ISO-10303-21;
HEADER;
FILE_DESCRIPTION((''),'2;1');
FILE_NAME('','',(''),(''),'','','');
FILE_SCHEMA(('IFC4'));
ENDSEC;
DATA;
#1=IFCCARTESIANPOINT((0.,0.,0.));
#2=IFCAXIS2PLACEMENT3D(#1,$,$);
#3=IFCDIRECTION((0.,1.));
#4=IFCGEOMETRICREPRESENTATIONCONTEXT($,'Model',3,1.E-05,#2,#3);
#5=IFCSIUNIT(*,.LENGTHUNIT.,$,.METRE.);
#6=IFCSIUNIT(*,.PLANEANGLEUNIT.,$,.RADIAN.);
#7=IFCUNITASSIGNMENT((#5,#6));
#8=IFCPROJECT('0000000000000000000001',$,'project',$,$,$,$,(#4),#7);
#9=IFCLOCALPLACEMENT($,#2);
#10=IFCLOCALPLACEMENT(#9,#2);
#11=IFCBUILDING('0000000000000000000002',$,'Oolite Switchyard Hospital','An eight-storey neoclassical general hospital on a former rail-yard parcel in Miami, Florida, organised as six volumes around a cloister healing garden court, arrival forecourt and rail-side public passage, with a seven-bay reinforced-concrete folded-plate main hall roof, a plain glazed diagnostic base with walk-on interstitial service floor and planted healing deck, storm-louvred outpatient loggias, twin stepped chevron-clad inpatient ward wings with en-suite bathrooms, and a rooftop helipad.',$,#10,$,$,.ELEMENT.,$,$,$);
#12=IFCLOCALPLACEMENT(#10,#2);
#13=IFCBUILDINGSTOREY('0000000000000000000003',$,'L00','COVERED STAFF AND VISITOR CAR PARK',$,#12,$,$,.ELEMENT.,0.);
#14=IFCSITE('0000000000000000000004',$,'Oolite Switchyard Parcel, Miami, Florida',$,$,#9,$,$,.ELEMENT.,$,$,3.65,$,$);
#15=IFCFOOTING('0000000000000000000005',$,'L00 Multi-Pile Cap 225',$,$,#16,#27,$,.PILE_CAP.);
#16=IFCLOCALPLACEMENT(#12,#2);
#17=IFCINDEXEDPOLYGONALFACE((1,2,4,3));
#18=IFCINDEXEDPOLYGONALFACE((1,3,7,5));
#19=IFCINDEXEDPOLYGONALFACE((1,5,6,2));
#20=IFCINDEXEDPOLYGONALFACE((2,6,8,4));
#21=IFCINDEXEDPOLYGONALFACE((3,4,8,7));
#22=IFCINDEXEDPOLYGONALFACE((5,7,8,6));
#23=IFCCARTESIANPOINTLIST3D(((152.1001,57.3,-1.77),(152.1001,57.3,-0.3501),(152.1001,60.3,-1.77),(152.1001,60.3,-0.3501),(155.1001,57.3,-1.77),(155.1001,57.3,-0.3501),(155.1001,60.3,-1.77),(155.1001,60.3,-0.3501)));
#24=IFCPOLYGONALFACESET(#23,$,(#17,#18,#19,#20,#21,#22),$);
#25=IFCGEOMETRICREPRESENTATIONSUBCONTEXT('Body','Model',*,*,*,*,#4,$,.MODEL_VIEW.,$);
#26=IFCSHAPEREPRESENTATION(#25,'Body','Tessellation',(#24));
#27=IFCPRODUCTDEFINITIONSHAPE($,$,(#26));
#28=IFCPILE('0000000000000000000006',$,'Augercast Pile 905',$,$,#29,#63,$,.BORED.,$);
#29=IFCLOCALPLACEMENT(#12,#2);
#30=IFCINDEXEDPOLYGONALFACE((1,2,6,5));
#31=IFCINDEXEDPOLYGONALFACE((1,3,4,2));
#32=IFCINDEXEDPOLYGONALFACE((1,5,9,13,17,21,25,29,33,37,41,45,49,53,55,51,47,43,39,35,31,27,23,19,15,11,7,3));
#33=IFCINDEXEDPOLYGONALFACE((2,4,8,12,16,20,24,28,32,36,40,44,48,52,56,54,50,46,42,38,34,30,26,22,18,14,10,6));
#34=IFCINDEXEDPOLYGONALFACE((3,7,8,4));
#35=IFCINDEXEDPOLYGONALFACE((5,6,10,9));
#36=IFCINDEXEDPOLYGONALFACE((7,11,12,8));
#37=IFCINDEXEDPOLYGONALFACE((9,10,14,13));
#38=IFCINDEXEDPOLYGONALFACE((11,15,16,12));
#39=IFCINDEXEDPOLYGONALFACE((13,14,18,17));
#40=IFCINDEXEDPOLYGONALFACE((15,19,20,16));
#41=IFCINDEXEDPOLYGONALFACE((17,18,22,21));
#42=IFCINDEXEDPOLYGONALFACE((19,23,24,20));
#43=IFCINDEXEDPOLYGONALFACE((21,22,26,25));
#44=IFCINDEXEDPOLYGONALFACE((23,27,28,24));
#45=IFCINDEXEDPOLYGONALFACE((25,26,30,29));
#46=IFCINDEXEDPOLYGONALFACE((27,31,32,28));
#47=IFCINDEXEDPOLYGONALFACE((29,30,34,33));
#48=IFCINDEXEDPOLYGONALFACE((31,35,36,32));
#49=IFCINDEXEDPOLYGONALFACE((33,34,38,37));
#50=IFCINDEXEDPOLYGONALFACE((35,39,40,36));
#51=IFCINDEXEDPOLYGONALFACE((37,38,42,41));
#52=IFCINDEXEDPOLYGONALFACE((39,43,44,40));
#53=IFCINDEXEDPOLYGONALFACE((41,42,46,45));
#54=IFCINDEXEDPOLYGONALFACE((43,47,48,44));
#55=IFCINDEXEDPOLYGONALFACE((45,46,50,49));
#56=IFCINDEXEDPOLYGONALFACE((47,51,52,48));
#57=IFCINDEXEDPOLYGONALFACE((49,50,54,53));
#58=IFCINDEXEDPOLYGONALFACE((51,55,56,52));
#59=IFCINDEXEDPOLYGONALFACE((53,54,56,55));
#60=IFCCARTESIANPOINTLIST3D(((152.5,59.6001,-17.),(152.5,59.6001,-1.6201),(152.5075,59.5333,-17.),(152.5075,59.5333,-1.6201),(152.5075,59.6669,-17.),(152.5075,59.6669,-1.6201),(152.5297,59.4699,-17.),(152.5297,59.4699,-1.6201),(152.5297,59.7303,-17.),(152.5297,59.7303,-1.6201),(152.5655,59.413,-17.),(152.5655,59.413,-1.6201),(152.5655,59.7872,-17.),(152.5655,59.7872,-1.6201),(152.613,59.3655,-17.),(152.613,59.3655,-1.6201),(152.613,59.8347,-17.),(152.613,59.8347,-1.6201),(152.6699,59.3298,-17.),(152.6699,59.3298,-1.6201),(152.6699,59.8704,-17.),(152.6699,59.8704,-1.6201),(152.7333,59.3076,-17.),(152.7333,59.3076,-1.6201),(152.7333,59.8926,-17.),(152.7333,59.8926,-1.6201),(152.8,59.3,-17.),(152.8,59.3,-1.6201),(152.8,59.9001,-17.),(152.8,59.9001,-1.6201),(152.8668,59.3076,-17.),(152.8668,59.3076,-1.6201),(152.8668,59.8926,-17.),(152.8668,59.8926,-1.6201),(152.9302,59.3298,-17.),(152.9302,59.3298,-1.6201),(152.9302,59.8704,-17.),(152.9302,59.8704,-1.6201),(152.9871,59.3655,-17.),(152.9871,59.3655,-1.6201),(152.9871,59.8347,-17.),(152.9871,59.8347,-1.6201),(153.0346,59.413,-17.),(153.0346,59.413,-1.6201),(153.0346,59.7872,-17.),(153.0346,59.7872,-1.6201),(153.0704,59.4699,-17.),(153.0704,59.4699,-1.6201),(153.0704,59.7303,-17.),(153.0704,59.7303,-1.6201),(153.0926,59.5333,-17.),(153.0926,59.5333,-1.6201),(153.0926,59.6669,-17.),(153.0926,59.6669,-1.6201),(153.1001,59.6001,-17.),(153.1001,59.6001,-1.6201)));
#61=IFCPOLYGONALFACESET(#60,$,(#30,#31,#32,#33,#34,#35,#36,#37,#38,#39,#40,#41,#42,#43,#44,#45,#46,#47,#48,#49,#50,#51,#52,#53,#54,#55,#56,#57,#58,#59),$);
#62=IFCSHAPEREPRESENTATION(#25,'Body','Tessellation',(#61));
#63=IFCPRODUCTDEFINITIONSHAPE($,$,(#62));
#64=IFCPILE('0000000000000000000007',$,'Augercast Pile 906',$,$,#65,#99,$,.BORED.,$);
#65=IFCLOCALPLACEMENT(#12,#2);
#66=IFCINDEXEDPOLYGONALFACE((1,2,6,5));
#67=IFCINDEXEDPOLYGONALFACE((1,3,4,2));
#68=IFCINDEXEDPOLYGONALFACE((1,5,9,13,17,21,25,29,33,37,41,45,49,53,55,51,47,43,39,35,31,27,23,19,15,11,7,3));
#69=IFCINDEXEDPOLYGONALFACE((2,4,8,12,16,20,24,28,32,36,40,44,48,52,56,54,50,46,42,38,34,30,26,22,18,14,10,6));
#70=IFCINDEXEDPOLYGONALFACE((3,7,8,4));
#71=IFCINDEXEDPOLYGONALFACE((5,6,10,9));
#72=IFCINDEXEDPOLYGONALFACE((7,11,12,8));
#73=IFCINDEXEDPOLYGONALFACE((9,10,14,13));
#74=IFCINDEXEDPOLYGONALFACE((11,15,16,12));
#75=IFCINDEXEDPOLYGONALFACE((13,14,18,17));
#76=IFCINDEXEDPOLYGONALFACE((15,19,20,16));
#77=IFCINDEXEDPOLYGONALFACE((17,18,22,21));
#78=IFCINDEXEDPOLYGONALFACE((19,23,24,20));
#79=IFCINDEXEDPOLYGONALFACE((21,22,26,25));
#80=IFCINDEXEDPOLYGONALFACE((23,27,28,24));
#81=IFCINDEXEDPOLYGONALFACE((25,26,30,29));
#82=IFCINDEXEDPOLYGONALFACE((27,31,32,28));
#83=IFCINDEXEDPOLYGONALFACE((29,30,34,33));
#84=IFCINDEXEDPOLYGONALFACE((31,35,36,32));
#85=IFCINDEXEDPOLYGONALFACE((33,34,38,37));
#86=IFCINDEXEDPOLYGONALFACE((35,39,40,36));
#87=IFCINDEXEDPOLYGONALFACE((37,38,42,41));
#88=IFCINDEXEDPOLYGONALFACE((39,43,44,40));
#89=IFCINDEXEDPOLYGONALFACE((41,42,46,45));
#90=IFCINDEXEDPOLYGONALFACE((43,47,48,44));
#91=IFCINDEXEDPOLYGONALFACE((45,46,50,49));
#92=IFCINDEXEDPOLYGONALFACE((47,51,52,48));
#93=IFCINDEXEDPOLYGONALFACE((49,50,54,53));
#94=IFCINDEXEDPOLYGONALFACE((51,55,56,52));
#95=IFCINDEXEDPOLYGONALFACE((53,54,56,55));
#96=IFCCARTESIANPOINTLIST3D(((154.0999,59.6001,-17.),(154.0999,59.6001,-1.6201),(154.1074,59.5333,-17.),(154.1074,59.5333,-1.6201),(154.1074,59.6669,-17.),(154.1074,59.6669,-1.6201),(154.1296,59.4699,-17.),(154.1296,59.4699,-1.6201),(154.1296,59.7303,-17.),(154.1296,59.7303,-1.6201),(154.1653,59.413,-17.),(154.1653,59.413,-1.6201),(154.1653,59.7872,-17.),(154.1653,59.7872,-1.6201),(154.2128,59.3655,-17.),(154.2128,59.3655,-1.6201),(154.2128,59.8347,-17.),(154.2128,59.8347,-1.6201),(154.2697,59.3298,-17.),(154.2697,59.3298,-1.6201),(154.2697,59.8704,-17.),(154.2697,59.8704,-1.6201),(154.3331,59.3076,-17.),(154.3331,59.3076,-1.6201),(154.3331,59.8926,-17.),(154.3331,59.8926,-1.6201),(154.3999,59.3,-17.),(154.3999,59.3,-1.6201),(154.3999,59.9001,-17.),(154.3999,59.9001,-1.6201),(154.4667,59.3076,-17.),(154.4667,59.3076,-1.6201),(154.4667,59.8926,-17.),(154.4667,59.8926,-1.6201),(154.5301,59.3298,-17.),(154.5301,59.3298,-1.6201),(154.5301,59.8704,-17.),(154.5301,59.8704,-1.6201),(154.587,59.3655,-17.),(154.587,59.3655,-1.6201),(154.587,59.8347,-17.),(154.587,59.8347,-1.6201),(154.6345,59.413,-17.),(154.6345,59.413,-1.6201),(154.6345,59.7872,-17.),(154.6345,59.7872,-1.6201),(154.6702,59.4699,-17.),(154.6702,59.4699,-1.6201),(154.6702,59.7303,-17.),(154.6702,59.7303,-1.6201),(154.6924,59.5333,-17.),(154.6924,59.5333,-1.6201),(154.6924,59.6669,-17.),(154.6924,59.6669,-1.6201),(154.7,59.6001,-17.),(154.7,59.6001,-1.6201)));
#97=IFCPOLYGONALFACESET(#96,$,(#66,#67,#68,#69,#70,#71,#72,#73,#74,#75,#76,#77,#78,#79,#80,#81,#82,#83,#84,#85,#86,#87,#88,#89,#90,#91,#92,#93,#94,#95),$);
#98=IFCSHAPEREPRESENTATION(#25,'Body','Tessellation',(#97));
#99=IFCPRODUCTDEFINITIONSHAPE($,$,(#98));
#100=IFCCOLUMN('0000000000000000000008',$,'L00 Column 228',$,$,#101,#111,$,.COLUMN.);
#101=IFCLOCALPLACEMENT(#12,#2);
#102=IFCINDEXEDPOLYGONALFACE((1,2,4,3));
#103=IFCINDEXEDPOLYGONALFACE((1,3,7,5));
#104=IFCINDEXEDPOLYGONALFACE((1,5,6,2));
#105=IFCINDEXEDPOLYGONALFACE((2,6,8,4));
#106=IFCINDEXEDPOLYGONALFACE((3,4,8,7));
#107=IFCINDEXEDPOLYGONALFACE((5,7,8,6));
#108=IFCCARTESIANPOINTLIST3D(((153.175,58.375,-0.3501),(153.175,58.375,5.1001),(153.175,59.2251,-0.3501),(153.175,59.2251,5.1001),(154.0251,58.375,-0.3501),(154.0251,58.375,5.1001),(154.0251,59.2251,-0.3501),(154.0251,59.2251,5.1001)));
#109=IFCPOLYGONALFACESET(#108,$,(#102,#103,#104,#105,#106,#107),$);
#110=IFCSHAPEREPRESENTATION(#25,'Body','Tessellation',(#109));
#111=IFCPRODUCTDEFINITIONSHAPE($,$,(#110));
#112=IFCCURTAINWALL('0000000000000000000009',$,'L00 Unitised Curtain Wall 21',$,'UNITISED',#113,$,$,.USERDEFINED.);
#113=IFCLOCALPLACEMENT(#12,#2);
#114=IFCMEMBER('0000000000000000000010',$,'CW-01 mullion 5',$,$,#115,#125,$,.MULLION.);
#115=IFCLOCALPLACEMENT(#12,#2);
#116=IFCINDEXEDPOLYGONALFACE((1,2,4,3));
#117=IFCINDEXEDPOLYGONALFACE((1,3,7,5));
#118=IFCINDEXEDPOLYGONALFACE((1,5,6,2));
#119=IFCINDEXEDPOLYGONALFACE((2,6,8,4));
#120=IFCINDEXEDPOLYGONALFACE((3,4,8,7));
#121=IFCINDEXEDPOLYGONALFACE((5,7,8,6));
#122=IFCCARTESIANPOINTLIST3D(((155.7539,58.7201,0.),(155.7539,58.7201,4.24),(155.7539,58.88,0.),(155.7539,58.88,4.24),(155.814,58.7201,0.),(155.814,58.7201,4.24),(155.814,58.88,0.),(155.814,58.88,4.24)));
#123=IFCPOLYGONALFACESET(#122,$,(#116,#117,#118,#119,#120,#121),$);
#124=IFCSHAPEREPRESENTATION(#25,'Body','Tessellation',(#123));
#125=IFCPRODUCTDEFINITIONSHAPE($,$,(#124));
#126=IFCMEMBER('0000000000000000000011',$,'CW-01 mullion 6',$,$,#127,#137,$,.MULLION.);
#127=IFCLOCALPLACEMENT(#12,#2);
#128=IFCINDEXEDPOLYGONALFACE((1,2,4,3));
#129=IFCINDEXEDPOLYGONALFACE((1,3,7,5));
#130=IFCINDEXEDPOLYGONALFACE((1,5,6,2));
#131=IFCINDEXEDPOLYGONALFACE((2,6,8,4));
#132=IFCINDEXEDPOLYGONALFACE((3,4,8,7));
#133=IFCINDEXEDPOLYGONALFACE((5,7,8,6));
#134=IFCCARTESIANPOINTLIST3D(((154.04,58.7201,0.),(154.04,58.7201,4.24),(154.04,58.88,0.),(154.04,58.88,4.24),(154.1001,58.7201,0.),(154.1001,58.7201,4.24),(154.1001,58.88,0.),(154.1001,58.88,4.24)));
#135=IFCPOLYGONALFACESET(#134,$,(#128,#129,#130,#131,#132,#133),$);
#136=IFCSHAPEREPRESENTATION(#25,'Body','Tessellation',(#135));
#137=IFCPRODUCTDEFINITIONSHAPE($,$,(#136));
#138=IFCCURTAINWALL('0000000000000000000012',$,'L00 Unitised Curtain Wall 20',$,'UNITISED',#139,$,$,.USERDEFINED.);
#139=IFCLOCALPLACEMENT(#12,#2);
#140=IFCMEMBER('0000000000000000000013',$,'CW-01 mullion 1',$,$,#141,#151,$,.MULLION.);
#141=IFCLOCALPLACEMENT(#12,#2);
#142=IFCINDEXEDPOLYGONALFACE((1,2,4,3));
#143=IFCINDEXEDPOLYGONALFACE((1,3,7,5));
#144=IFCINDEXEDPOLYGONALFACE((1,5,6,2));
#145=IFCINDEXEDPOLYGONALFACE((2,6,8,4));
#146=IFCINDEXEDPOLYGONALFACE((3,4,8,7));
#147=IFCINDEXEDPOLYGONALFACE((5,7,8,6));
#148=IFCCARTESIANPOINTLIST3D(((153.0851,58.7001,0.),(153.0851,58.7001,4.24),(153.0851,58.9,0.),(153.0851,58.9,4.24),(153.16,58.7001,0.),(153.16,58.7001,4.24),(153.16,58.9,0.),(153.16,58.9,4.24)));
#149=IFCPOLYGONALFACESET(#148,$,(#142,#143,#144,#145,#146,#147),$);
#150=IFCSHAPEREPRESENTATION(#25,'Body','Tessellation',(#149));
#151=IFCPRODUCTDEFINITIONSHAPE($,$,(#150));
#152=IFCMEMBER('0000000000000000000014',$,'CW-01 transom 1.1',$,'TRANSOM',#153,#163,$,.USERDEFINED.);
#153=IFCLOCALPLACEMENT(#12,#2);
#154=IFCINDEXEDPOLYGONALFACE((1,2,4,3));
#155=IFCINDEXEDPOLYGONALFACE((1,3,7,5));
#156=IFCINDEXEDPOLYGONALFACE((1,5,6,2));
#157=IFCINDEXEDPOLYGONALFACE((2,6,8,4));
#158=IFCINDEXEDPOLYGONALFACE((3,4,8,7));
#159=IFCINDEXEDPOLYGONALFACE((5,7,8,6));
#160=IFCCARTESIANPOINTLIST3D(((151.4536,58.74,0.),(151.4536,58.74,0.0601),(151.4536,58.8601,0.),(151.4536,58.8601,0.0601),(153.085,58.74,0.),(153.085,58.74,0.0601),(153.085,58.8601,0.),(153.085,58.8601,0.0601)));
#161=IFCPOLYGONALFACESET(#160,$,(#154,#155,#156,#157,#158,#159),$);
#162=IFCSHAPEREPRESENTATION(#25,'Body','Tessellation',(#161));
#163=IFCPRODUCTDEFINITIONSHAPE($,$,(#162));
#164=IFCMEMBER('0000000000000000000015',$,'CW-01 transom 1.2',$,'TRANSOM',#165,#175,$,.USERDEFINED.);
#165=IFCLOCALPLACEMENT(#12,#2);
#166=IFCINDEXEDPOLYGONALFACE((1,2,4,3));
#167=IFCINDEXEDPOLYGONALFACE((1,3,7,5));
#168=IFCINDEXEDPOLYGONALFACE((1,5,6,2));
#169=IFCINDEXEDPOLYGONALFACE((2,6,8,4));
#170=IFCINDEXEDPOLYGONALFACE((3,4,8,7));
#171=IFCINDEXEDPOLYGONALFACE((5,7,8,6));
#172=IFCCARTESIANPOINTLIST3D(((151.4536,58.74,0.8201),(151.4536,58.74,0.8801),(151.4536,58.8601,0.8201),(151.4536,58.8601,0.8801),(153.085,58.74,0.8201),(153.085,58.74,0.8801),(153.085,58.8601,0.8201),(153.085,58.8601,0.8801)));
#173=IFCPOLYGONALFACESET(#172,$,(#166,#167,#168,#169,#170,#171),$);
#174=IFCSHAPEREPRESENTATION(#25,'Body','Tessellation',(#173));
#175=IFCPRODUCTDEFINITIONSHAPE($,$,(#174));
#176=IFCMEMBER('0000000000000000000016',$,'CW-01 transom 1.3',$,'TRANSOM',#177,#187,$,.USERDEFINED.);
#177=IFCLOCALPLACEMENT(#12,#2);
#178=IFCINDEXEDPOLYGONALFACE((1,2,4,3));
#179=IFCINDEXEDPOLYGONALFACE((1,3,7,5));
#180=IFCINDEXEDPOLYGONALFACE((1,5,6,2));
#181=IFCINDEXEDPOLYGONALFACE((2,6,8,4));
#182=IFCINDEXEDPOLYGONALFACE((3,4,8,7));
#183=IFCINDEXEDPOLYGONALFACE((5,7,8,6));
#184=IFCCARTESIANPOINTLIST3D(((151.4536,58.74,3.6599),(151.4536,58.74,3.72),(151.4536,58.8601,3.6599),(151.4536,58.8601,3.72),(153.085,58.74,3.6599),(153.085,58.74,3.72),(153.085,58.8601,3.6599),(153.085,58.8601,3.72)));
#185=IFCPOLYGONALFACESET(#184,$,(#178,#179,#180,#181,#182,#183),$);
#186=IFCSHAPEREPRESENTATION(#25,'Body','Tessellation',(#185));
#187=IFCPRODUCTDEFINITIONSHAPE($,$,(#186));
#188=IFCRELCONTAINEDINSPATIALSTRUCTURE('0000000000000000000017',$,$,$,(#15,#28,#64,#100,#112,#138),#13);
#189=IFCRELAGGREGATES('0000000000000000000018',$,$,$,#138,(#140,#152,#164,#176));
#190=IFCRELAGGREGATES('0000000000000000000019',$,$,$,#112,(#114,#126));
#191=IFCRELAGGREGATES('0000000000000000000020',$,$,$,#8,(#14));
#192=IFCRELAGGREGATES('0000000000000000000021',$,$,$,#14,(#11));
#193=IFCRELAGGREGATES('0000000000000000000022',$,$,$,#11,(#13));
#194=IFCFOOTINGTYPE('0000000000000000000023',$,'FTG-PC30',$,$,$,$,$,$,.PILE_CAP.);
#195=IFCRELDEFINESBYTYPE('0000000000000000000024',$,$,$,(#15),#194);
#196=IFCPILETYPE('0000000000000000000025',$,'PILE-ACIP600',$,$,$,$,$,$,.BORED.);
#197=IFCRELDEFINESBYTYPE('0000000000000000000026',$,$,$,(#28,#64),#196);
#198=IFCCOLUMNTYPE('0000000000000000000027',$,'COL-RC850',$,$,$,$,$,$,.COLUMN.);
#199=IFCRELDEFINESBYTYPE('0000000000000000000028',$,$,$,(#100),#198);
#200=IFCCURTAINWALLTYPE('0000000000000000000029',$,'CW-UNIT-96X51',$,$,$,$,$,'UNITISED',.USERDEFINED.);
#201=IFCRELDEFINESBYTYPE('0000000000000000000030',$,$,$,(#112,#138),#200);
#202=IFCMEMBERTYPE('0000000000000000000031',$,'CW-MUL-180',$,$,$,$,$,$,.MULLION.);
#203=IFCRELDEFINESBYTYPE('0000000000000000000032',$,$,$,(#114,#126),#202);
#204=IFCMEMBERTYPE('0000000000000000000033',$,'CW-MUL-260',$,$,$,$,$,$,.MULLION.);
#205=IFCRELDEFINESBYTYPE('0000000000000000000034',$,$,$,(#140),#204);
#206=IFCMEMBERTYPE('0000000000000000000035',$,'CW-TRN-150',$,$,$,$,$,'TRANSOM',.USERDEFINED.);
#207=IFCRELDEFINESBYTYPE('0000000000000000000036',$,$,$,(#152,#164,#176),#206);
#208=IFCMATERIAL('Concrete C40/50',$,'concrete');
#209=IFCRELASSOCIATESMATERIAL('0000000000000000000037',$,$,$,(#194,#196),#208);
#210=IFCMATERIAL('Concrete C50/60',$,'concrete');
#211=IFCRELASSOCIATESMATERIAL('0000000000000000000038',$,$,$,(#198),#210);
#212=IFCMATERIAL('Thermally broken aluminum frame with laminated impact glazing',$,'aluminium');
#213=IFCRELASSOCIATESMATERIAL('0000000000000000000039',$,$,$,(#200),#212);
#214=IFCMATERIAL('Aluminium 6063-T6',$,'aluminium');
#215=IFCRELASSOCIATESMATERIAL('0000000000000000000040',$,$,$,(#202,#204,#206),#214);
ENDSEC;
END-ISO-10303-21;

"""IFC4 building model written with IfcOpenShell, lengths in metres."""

from ifc_helpers import new_model, si_unit, direction, frame, origin, origin_2d, place, context, subcontext, project, spatial, rectangle, circle, extrude, material, material_profile, profile_set, type_object, element, aggregate, save


model = new_model("IFC4")

# Units and contexts
model_context = context("Model", 3, precision=1e-05, world=origin(), true_north=direction((0.0, 1.0)))
body_context = subcontext(model_context, "Body", "Model", "MODEL_VIEW")
ifc_project = project(units=[si_unit("LENGTHUNIT", "METRE"), si_unit("PLANEANGLEUNIT", "RADIAN")], contexts=[model_context])

# Site, building, storey
site_placement = place(None, origin())
site = spatial("IfcSite", under=ifc_project, at=site_placement, Name="Oolite Switchyard Parcel, Miami, Florida", CompositionType="ELEMENT", RefElevation=3.65)
building_placement = place(site_placement, origin())
building = spatial("IfcBuilding", under=site, at=building_placement, Name="Oolite Switchyard Hospital", Description="An eight-storey neoclassical general hospital on a former rail-yard parcel in Miami, Florida, organised as six volumes around a cloister healing garden court, arrival forecourt and rail-side public passage, with a seven-bay reinforced-concrete folded-plate main hall roof, a plain glazed diagnostic base with walk-on interstitial service floor and planted healing deck, storm-louvred outpatient loggias, twin stepped chevron-clad inpatient ward wings with en-suite bathrooms, and a rooftop helipad.", CompositionType="ELEMENT")
storey_placement = place(building_placement, origin())
storey = spatial("IfcBuildingStorey", under=building, at=storey_placement, Name="L00", Description="COVERED STAFF AND VISITOR CAR PARK", CompositionType="ELEMENT", Elevation=0.0)

# Footing
ifc_material_1 = material(Name="Concrete C40/50", Category="concrete")
footing_type = type_object("IfcFootingType", Name="FTG-PC30", PredefinedType="PILE_CAP", material=ifc_material_1)
footing_placement = place(storey_placement, frame((153.6001, 58.8, -1.77), z_axis=(0.0, 0.0, 1.0), x_axis=(1.0, 0.0, 0.0)))
element("IfcFooting", 1, at=footing_placement, inside=storey, type_object=footing_type, Name="L00 Multi-Pile Cap 225", PredefinedType="PILE_CAP", context=body_context, shape_type="SweptSolid", body=[
    extrude(rectangle(XDim=3.0, YDim=3.0, at=origin_2d()), origin(), (0.0, 0.0, 1.0), 1.4199),
])

# Piles
ifc_material_profile_1 = material_profile(ifc_material_1, circle(Radius=0.3, at=origin_2d()), Name="PILE600")
ifc_profile_set_1 = profile_set([ifc_material_profile_1], Name="Concrete C40/50")
pile_type = type_object("IfcPileType", Name="PILE-ACIP600", PredefinedType="BORED", material=ifc_profile_set_1)
for number, where, z_axis, x_axis, name in (
    (2, (152.8, 59.6001, -1.6201), (0.0, 0.0, -1.0), (1.0, 0.0, 0.0), "Augercast Pile 905"),
    (3, (154.3999, 59.6001, -1.6201), (0.0, 0.0, -1.0), (1.0, 0.0, 0.0), "Augercast Pile 906"),
):
    element("IfcPile", number, at=place(storey_placement, frame(where, z_axis=z_axis, x_axis=x_axis)), inside=storey, type_object=pile_type, Name=name, PredefinedType="BORED", context=body_context, shape_type="SweptSolid", body=[
        extrude(circle(Radius=0.3, at=origin_2d()), origin(), (0.0, 0.0, 1.0), 15.3799),
    ])

# Column
ifc_material_2 = material(Name="Concrete C50/60", Category="concrete")
ifc_material_profile_2 = material_profile(ifc_material_2, rectangle(XDim=0.8501, YDim=0.8501, at=origin_2d()), Name="RC850X850")
ifc_profile_set_2 = profile_set([ifc_material_profile_2], Name="Concrete C50/60")
column_type = type_object("IfcColumnType", Name="COL-RC850", PredefinedType="COLUMN", material=ifc_profile_set_2)
column_placement = place(storey_placement, frame((153.6001, 58.8, -0.3501), z_axis=(0.0, 0.0, 1.0), x_axis=(1.0, 0.0, 0.0)))
element("IfcColumn", 4, at=column_placement, inside=storey, type_object=column_type, Name="L00 Column 228", PredefinedType="COLUMN", context=body_context, shape_type="SweptSolid", body=[
    extrude(rectangle(XDim=0.8501, YDim=0.8501, at=origin_2d()), origin(), (0.0, 0.0, 1.0), 5.4502),
])

# Curtain walls, members
ifc_material_3 = material(Name="Thermally broken aluminum frame with laminated impact glazing", Category="aluminium")
curtain_wall_type = type_object("IfcCurtainWallType", Name="CW-UNIT-96X51", ElementType="UNITISED", PredefinedType="USERDEFINED", material=ifc_material_3)
curtain_wall_1_placement = place(storey_placement, origin())
curtain_wall_1 = element("IfcCurtainWall", 5, at=curtain_wall_1_placement, inside=storey, type_object=curtain_wall_type, Name="L00 Unitised Curtain Wall 21", ObjectType="UNITISED", PredefinedType="USERDEFINED")
ifc_material_4 = material(Name="Aluminium 6063-T6", Category="aluminium")
ifc_material_profile_3 = material_profile(ifc_material_4, rectangle(XDim=0.1599, YDim=0.0601, at=origin_2d()), Name="CWM60X160")
ifc_profile_set_3 = profile_set([ifc_material_profile_3], Name="Aluminium 6063-T6")
member_type_1 = type_object("IfcMemberType", Name="CW-MUL-180", PredefinedType="MULLION", material=ifc_profile_set_3)
member_1_placement = place(storey_placement, frame((155.7839, 58.8, 0.0), z_axis=(0.0, 0.0, 1.0), x_axis=(0.0, -1.0, 0.0)))
member_1 = element("IfcMember", 6, at=member_1_placement, type_object=member_type_1, Name="CW-01 mullion 5", PredefinedType="MULLION", context=body_context, shape_type="SweptSolid", body=[
    extrude(rectangle(XDim=0.1599, YDim=0.0601, at=origin_2d()), origin(), (0.0, 0.0, 1.0), 4.24),
])
member_2_placement = place(storey_placement, frame((154.0701, 58.8, 0.0), z_axis=(0.0, 0.0, 1.0), x_axis=(0.0, -1.0, 0.0)))
member_2 = element("IfcMember", 7, at=member_2_placement, type_object=member_type_1, Name="CW-01 mullion 6", PredefinedType="MULLION", context=body_context, shape_type="SweptSolid", body=[
    extrude(rectangle(XDim=0.1599, YDim=0.0601, at=origin_2d()), origin(), (0.0, 0.0, 1.0), 4.24),
])
curtain_wall_2_placement = place(storey_placement, origin())
curtain_wall_2 = element("IfcCurtainWall", 8, at=curtain_wall_2_placement, inside=storey, type_object=curtain_wall_type, Name="L00 Unitised Curtain Wall 20", ObjectType="UNITISED", PredefinedType="USERDEFINED")
ifc_material_profile_4 = material_profile(ifc_material_4, rectangle(XDim=0.2, YDim=0.075, at=origin_2d()), Name="CWM75X200")
ifc_profile_set_4 = profile_set([ifc_material_profile_4], Name="Aluminium 6063-T6")
member_type_2 = type_object("IfcMemberType", Name="CW-MUL-260", PredefinedType="MULLION", material=ifc_profile_set_4)
member_3_placement = place(storey_placement, frame((153.1226, 58.8, 0.0), z_axis=(0.0, 0.0, 1.0), x_axis=(0.0, -1.0, 0.0)))
member_3 = element("IfcMember", 9, at=member_3_placement, type_object=member_type_2, Name="CW-01 mullion 1", PredefinedType="MULLION", context=body_context, shape_type="SweptSolid", body=[
    extrude(rectangle(XDim=0.2, YDim=0.075, at=origin_2d()), origin(), (0.0, 0.0, 1.0), 4.24),
])
ifc_material_profile_5 = material_profile(ifc_material_4, rectangle(XDim=0.1201, YDim=0.0601, at=origin_2d()), Name="CWT60X120")
ifc_profile_set_5 = profile_set([ifc_material_profile_5], Name="Aluminium 6063-T6")
member_type_3 = type_object("IfcMemberType", Name="CW-TRN-150", ElementType="TRANSOM", PredefinedType="USERDEFINED", material=ifc_profile_set_5)
member_4_placement = place(storey_placement, frame((153.085, 58.8, 0.03), z_axis=(-1.0, 0.0, 0.0), x_axis=(0.0, -1.0, 0.0)))
member_4 = element("IfcMember", 10, at=member_4_placement, type_object=member_type_3, Name="CW-01 transom 1.1", ObjectType="TRANSOM", PredefinedType="USERDEFINED", context=body_context, shape_type="SweptSolid", body=[
    extrude(rectangle(XDim=0.1201, YDim=0.0601, at=origin_2d()), origin(), (0.0, 0.0, 1.0), 1.6313),
])
member_5_placement = place(storey_placement, frame((153.085, 58.8, 0.8501), z_axis=(-1.0, 0.0, 0.0), x_axis=(0.0, -1.0, 0.0)))
member_5 = element("IfcMember", 11, at=member_5_placement, type_object=member_type_3, Name="CW-01 transom 1.2", ObjectType="TRANSOM", PredefinedType="USERDEFINED", context=body_context, shape_type="SweptSolid", body=[
    extrude(rectangle(XDim=0.1201, YDim=0.0601, at=origin_2d()), origin(), (0.0, 0.0, 1.0), 1.6313),
])
member_6_placement = place(storey_placement, frame((153.085, 58.8, 3.6899), z_axis=(-1.0, 0.0, 0.0), x_axis=(0.0, -1.0, 0.0)))
member_6 = element("IfcMember", 12, at=member_6_placement, type_object=member_type_3, Name="CW-01 transom 1.3", ObjectType="TRANSOM", PredefinedType="USERDEFINED", context=body_context, shape_type="SweptSolid", body=[
    extrude(rectangle(XDim=0.1201, YDim=0.0601, at=origin_2d()), origin(), (0.0, 0.0, 1.0), 1.6313),
])

aggregate(curtain_wall_2, [member_3, member_4, member_5, member_6])
aggregate(curtain_wall_1, [member_1, member_2])

save(model, "model.ifc")
